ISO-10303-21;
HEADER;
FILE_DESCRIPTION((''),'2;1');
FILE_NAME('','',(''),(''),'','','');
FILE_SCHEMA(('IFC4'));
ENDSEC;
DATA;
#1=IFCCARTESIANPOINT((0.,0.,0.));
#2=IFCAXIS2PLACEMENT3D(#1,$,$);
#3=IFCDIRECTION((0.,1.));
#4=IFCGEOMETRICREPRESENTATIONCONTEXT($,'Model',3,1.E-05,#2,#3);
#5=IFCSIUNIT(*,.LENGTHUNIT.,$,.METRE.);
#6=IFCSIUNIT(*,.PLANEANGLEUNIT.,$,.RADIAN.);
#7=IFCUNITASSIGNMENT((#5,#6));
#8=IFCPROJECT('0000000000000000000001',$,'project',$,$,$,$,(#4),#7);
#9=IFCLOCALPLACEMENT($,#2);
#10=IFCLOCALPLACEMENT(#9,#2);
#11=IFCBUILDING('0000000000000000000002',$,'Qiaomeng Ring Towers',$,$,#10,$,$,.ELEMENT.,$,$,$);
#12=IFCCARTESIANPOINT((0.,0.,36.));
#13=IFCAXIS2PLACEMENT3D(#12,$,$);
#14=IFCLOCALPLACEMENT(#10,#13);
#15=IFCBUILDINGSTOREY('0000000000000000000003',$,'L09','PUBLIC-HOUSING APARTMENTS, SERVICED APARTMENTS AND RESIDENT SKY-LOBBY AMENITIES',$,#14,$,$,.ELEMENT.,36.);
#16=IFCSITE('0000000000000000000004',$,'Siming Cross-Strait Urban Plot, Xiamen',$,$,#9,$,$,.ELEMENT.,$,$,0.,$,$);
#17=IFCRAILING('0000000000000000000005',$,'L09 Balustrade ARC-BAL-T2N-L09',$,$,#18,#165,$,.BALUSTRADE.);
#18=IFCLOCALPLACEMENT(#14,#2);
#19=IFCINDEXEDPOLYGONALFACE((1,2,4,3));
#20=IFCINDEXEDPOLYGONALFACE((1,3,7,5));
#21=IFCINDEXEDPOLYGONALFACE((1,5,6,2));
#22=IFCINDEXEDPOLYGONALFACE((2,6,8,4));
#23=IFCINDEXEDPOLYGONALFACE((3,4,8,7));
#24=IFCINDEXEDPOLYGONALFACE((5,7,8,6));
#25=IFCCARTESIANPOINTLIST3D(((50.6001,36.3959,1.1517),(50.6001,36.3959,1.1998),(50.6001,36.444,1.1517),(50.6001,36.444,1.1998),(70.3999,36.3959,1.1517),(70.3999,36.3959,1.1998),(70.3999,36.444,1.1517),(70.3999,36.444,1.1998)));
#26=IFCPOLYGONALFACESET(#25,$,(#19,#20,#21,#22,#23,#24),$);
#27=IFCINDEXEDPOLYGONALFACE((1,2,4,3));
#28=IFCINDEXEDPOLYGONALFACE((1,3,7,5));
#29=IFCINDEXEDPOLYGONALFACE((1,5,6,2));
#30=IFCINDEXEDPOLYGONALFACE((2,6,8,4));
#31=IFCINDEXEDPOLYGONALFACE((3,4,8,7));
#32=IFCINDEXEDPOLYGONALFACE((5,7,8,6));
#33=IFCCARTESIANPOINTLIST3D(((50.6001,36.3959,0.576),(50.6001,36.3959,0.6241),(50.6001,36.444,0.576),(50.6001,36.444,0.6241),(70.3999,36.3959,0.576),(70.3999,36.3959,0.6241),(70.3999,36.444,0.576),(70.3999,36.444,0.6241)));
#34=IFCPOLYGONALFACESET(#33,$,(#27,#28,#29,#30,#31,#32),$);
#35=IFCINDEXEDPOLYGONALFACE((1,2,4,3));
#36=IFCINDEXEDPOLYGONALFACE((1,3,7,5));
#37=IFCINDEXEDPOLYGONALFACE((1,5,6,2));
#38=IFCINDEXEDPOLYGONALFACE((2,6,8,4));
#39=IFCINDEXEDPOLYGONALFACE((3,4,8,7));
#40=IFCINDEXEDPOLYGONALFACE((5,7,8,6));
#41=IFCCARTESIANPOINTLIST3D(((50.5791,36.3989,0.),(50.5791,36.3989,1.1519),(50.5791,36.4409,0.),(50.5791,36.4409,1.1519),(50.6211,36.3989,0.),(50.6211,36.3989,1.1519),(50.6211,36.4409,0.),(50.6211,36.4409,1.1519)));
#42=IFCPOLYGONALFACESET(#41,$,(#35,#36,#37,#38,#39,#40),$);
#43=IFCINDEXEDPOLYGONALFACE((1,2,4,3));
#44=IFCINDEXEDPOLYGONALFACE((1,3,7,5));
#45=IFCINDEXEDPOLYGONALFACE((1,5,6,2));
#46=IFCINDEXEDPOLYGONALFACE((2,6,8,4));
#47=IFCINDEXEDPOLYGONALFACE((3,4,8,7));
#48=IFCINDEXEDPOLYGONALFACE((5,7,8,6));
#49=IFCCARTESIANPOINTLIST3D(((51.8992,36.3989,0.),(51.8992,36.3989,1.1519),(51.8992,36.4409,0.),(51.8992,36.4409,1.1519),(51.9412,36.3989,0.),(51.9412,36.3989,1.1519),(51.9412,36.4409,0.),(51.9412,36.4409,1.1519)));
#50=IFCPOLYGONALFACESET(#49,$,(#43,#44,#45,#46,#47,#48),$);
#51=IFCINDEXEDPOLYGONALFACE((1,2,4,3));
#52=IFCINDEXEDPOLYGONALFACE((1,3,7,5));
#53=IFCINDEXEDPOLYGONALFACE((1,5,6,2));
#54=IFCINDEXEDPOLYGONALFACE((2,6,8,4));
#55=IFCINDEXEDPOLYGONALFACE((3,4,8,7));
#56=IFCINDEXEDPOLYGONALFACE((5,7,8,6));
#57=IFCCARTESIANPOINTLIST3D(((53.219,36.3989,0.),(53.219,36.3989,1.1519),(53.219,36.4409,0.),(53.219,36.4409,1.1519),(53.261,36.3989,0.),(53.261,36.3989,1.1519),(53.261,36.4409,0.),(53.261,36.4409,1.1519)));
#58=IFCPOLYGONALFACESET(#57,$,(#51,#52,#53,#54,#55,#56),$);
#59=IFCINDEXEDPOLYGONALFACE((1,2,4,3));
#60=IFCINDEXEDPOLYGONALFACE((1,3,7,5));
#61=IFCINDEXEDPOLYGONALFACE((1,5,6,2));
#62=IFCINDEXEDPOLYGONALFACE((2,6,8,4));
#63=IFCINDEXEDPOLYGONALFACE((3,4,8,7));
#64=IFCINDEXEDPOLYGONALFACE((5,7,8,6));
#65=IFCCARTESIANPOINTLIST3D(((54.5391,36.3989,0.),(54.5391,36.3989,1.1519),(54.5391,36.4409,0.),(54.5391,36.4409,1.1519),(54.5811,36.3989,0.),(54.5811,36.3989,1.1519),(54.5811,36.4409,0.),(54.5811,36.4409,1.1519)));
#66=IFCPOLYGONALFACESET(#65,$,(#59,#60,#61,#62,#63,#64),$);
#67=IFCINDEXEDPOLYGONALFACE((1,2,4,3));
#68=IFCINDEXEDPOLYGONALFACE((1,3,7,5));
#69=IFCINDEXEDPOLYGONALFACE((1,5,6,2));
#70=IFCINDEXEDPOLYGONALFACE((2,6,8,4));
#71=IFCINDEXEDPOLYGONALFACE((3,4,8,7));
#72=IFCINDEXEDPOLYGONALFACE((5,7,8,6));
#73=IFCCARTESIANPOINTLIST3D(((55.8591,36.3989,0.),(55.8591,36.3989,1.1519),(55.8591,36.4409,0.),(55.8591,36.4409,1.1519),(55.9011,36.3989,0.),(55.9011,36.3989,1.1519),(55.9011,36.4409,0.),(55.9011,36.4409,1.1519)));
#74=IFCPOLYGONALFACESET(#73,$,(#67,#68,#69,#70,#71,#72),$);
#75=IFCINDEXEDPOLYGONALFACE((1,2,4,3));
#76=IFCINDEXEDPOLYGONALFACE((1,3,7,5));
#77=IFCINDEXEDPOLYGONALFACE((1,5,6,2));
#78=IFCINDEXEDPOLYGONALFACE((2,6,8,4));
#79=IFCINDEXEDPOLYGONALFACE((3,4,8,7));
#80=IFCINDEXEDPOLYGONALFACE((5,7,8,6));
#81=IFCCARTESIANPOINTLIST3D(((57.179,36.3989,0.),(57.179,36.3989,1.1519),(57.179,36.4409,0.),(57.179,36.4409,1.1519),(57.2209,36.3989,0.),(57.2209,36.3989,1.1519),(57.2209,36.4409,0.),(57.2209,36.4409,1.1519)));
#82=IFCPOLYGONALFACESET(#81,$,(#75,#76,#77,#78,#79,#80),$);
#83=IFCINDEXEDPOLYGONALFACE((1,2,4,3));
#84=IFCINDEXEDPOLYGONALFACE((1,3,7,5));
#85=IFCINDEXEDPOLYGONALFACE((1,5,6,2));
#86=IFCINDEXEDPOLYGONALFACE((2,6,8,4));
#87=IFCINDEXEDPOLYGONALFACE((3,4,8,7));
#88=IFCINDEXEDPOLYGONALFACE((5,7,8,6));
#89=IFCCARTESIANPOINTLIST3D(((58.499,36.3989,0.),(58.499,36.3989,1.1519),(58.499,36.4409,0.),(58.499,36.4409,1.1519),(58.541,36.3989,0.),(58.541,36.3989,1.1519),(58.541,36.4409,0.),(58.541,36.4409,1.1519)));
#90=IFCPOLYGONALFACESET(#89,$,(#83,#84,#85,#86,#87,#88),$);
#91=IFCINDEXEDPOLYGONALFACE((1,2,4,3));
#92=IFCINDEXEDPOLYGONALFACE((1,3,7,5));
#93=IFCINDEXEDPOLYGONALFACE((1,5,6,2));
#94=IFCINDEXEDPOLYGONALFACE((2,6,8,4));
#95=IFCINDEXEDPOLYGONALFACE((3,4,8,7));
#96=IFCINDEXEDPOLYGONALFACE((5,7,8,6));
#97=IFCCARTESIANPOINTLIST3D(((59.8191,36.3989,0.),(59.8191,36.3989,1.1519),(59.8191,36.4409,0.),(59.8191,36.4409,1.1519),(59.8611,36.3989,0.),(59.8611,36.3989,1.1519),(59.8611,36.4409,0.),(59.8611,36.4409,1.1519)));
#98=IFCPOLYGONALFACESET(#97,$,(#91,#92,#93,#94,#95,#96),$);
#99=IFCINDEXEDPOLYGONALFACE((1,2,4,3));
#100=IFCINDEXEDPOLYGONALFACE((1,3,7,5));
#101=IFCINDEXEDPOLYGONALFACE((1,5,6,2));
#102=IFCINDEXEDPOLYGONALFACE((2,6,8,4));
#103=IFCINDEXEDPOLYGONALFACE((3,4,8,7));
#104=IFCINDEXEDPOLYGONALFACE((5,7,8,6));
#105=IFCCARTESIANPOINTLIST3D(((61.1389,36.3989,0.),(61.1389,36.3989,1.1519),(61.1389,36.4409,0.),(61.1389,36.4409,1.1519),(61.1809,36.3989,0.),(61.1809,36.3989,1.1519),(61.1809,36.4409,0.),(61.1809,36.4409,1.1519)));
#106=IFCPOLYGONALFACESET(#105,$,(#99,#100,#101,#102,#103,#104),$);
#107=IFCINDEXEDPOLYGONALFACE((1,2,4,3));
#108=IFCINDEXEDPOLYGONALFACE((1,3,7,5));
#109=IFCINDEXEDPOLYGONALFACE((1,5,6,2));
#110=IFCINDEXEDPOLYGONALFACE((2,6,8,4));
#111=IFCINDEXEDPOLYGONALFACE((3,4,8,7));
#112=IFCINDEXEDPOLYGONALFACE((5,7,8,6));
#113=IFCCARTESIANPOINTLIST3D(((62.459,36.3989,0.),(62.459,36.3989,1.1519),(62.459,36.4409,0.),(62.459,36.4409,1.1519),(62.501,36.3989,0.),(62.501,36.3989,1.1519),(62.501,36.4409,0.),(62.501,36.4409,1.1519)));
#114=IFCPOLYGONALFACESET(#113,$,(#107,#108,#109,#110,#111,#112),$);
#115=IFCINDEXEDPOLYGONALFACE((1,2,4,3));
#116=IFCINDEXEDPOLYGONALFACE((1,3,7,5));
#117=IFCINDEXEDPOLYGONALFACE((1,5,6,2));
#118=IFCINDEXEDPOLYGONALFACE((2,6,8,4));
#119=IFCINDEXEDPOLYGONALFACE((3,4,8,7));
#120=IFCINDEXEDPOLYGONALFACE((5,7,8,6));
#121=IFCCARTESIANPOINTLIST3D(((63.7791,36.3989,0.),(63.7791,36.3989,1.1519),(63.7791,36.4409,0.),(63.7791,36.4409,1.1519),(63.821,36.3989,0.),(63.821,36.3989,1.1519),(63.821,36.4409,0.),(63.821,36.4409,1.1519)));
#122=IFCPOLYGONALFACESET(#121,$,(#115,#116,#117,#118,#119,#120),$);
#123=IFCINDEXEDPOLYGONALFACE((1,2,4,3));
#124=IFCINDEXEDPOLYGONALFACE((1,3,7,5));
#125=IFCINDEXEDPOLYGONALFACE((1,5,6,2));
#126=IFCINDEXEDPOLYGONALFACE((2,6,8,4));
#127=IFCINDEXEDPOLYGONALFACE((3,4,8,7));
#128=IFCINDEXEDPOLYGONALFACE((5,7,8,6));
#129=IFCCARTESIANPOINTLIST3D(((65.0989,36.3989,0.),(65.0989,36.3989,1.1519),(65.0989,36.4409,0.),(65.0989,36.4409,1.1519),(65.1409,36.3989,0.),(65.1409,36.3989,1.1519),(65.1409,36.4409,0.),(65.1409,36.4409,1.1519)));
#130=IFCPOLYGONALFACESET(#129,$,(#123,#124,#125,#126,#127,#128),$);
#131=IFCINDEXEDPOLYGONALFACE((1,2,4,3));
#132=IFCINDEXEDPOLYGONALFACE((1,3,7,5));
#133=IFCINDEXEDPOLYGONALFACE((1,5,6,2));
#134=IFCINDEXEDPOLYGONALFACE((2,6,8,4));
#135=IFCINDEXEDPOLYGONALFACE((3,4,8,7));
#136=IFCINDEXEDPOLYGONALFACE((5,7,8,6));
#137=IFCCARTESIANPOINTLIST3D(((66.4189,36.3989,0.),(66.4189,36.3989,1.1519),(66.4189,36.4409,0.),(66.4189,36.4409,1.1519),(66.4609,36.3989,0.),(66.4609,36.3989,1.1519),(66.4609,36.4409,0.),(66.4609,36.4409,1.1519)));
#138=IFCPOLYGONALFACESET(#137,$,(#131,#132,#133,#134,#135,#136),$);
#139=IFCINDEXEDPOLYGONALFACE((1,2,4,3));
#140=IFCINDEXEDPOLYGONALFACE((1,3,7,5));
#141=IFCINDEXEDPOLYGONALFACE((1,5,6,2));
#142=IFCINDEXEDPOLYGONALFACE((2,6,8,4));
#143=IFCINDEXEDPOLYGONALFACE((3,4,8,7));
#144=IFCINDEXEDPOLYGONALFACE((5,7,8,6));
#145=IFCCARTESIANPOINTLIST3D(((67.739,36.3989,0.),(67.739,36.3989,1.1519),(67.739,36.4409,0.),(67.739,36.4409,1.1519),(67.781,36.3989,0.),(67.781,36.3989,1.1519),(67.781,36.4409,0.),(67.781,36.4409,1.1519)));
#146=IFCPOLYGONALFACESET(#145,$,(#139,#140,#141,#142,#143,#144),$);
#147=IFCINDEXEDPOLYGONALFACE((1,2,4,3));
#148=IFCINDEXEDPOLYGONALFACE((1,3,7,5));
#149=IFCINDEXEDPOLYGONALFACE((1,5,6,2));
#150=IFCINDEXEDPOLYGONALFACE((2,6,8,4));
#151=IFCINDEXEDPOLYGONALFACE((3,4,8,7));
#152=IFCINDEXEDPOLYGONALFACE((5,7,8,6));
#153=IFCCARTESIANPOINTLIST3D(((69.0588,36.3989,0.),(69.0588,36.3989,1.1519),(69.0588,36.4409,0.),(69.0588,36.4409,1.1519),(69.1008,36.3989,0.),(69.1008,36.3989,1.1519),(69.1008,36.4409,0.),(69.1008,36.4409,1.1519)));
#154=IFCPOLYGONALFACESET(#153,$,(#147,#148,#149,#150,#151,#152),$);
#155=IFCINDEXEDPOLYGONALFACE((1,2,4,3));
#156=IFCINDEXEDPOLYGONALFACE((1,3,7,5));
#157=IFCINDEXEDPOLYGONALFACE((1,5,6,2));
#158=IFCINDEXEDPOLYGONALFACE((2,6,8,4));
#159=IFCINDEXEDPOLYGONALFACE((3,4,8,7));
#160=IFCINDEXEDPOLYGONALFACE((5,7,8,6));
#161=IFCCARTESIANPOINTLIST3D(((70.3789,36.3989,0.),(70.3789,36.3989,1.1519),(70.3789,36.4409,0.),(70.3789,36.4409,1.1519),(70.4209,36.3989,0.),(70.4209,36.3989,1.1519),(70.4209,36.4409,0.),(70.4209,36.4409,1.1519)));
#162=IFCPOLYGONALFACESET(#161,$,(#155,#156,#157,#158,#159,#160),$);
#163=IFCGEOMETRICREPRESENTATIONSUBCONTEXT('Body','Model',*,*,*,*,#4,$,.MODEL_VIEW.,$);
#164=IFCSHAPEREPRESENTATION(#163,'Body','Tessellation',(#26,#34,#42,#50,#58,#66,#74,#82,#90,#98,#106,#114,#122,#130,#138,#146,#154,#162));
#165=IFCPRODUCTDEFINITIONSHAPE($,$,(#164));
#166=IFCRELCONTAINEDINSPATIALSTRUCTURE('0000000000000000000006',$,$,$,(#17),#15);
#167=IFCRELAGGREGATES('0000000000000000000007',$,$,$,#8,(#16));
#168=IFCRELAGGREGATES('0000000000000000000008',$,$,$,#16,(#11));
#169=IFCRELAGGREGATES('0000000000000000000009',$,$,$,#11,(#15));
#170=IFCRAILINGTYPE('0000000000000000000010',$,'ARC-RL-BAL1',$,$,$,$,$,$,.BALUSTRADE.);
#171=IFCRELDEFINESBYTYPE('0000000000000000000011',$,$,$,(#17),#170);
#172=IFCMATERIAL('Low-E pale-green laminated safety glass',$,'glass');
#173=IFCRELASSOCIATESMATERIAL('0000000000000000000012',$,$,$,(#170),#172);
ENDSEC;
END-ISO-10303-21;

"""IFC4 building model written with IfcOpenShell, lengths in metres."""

from ifc_helpers import new_model, si_unit, direction, frame, origin, origin_2d, place, context, subcontext, project, spatial, rectangle, extrude, material, type_object, element, save


model = new_model("IFC4")

# Units and contexts
model_context = context("Model", 3, precision=1e-05, world=origin(), true_north=direction((0.0, 1.0)))
body_context = subcontext(model_context, "Body", "Model", "MODEL_VIEW")
ifc_project = project(units=[si_unit("LENGTHUNIT", "METRE"), si_unit("PLANEANGLEUNIT", "RADIAN")], contexts=[model_context])

# Site, building, storey
site_placement = place(None, origin())
site = spatial("IfcSite", under=ifc_project, at=site_placement, Name="Siming Cross-Strait Urban Plot, Xiamen", CompositionType="ELEMENT", RefElevation=0.0)
building_placement = place(site_placement, origin())
building = spatial("IfcBuilding", under=site, at=building_placement, Name="Qiaomeng Ring Towers", CompositionType="ELEMENT")
storey_placement = place(building_placement, frame((0.0, 0.0, 36.0)))
storey = spatial("IfcBuildingStorey", under=building, at=storey_placement, Name="L09", Description="PUBLIC-HOUSING APARTMENTS, SERVICED APARTMENTS AND RESIDENT SKY-LOBBY AMENITIES", CompositionType="ELEMENT", Elevation=36.0)

# Railing
ifc_material_1 = material(Name="Low-E pale-green laminated safety glass", Category="glass")
railing_type = type_object("IfcRailingType", Name="ARC-RL-BAL1", PredefinedType="BALUSTRADE", material=ifc_material_1)
railing_1_placement = place(storey_placement, frame((50.6001, 36.4199, 0.0)))
element("IfcRailing", 1, at=railing_1_placement, inside=storey, type_object=railing_type, Name="L09 Balustrade ARC-BAL-T2N-L09", PredefinedType="BALUSTRADE", context=body_context, shape_type="SweptSolid", body=[
    extrude(rectangle(XDim=0.0481, YDim=0.0481, at=origin_2d()), frame((0.0, 0.0, 1.1758), z_axis=(1.0, 0.0, 0.0), x_axis=(0.0, 1.0, 0.0)), (0.0, 0.0, 1.0), 19.7998),
    extrude(rectangle(XDim=0.0481, YDim=0.0481, at=origin_2d()), frame((0.0, 0.0, 0.6001), z_axis=(1.0, 0.0, 0.0), x_axis=(0.0, 1.0, 0.0)), (0.0, 0.0, 1.0), 19.7998),
    extrude(rectangle(XDim=0.042, YDim=0.042, at=origin_2d()), origin(), (0.0, 0.0, 1.0), 1.1519),
    extrude(rectangle(XDim=0.042, YDim=0.042, at=origin_2d()), frame((1.3201, 0.0, 0.0)), (0.0, 0.0, 1.0), 1.1519),
    extrude(rectangle(XDim=0.042, YDim=0.042, at=origin_2d()), frame((2.6399, 0.0, 0.0)), (0.0, 0.0, 1.0), 1.1519),
    extrude(rectangle(XDim=0.042, YDim=0.042, at=origin_2d()), frame((3.96, 0.0, 0.0)), (0.0, 0.0, 1.0), 1.1519),
    extrude(rectangle(XDim=0.042, YDim=0.042, at=origin_2d()), frame((5.28, 0.0, 0.0)), (0.0, 0.0, 1.0), 1.1519),
    extrude(rectangle(XDim=0.042, YDim=0.042, at=origin_2d()), frame((6.5999, 0.0, 0.0)), (0.0, 0.0, 1.0), 1.1519),
    extrude(rectangle(XDim=0.042, YDim=0.042, at=origin_2d()), frame((7.9199, 0.0, 0.0)), (0.0, 0.0, 1.0), 1.1519),
    extrude(rectangle(XDim=0.042, YDim=0.042, at=origin_2d()), frame((9.24, 0.0, 0.0)), (0.0, 0.0, 1.0), 1.1519),
    extrude(rectangle(XDim=0.042, YDim=0.042, at=origin_2d()), frame((10.5598, 0.0, 0.0)), (0.0, 0.0, 1.0), 1.1519),
    extrude(rectangle(XDim=0.042, YDim=0.042, at=origin_2d()), frame((11.8799, 0.0, 0.0)), (0.0, 0.0, 1.0), 1.1519),
    extrude(rectangle(XDim=0.042, YDim=0.042, at=origin_2d()), frame((13.2, 0.0, 0.0)), (0.0, 0.0, 1.0), 1.1519),
    extrude(rectangle(XDim=0.042, YDim=0.042, at=origin_2d()), frame((14.5198, 0.0, 0.0)), (0.0, 0.0, 1.0), 1.1519),
    extrude(rectangle(XDim=0.042, YDim=0.042, at=origin_2d()), frame((15.8398, 0.0, 0.0)), (0.0, 0.0, 1.0), 1.1519),
    extrude(rectangle(XDim=0.042, YDim=0.042, at=origin_2d()), frame((17.1599, 0.0, 0.0)), (0.0, 0.0, 1.0), 1.1519),
    extrude(rectangle(XDim=0.042, YDim=0.042, at=origin_2d()), frame((18.4797, 0.0, 0.0)), (0.0, 0.0, 1.0), 1.1519),
    extrude(rectangle(XDim=0.042, YDim=0.042, at=origin_2d()), frame((19.7998, 0.0, 0.0)), (0.0, 0.0, 1.0), 1.1519),
])

save(model, "model.ifc")
